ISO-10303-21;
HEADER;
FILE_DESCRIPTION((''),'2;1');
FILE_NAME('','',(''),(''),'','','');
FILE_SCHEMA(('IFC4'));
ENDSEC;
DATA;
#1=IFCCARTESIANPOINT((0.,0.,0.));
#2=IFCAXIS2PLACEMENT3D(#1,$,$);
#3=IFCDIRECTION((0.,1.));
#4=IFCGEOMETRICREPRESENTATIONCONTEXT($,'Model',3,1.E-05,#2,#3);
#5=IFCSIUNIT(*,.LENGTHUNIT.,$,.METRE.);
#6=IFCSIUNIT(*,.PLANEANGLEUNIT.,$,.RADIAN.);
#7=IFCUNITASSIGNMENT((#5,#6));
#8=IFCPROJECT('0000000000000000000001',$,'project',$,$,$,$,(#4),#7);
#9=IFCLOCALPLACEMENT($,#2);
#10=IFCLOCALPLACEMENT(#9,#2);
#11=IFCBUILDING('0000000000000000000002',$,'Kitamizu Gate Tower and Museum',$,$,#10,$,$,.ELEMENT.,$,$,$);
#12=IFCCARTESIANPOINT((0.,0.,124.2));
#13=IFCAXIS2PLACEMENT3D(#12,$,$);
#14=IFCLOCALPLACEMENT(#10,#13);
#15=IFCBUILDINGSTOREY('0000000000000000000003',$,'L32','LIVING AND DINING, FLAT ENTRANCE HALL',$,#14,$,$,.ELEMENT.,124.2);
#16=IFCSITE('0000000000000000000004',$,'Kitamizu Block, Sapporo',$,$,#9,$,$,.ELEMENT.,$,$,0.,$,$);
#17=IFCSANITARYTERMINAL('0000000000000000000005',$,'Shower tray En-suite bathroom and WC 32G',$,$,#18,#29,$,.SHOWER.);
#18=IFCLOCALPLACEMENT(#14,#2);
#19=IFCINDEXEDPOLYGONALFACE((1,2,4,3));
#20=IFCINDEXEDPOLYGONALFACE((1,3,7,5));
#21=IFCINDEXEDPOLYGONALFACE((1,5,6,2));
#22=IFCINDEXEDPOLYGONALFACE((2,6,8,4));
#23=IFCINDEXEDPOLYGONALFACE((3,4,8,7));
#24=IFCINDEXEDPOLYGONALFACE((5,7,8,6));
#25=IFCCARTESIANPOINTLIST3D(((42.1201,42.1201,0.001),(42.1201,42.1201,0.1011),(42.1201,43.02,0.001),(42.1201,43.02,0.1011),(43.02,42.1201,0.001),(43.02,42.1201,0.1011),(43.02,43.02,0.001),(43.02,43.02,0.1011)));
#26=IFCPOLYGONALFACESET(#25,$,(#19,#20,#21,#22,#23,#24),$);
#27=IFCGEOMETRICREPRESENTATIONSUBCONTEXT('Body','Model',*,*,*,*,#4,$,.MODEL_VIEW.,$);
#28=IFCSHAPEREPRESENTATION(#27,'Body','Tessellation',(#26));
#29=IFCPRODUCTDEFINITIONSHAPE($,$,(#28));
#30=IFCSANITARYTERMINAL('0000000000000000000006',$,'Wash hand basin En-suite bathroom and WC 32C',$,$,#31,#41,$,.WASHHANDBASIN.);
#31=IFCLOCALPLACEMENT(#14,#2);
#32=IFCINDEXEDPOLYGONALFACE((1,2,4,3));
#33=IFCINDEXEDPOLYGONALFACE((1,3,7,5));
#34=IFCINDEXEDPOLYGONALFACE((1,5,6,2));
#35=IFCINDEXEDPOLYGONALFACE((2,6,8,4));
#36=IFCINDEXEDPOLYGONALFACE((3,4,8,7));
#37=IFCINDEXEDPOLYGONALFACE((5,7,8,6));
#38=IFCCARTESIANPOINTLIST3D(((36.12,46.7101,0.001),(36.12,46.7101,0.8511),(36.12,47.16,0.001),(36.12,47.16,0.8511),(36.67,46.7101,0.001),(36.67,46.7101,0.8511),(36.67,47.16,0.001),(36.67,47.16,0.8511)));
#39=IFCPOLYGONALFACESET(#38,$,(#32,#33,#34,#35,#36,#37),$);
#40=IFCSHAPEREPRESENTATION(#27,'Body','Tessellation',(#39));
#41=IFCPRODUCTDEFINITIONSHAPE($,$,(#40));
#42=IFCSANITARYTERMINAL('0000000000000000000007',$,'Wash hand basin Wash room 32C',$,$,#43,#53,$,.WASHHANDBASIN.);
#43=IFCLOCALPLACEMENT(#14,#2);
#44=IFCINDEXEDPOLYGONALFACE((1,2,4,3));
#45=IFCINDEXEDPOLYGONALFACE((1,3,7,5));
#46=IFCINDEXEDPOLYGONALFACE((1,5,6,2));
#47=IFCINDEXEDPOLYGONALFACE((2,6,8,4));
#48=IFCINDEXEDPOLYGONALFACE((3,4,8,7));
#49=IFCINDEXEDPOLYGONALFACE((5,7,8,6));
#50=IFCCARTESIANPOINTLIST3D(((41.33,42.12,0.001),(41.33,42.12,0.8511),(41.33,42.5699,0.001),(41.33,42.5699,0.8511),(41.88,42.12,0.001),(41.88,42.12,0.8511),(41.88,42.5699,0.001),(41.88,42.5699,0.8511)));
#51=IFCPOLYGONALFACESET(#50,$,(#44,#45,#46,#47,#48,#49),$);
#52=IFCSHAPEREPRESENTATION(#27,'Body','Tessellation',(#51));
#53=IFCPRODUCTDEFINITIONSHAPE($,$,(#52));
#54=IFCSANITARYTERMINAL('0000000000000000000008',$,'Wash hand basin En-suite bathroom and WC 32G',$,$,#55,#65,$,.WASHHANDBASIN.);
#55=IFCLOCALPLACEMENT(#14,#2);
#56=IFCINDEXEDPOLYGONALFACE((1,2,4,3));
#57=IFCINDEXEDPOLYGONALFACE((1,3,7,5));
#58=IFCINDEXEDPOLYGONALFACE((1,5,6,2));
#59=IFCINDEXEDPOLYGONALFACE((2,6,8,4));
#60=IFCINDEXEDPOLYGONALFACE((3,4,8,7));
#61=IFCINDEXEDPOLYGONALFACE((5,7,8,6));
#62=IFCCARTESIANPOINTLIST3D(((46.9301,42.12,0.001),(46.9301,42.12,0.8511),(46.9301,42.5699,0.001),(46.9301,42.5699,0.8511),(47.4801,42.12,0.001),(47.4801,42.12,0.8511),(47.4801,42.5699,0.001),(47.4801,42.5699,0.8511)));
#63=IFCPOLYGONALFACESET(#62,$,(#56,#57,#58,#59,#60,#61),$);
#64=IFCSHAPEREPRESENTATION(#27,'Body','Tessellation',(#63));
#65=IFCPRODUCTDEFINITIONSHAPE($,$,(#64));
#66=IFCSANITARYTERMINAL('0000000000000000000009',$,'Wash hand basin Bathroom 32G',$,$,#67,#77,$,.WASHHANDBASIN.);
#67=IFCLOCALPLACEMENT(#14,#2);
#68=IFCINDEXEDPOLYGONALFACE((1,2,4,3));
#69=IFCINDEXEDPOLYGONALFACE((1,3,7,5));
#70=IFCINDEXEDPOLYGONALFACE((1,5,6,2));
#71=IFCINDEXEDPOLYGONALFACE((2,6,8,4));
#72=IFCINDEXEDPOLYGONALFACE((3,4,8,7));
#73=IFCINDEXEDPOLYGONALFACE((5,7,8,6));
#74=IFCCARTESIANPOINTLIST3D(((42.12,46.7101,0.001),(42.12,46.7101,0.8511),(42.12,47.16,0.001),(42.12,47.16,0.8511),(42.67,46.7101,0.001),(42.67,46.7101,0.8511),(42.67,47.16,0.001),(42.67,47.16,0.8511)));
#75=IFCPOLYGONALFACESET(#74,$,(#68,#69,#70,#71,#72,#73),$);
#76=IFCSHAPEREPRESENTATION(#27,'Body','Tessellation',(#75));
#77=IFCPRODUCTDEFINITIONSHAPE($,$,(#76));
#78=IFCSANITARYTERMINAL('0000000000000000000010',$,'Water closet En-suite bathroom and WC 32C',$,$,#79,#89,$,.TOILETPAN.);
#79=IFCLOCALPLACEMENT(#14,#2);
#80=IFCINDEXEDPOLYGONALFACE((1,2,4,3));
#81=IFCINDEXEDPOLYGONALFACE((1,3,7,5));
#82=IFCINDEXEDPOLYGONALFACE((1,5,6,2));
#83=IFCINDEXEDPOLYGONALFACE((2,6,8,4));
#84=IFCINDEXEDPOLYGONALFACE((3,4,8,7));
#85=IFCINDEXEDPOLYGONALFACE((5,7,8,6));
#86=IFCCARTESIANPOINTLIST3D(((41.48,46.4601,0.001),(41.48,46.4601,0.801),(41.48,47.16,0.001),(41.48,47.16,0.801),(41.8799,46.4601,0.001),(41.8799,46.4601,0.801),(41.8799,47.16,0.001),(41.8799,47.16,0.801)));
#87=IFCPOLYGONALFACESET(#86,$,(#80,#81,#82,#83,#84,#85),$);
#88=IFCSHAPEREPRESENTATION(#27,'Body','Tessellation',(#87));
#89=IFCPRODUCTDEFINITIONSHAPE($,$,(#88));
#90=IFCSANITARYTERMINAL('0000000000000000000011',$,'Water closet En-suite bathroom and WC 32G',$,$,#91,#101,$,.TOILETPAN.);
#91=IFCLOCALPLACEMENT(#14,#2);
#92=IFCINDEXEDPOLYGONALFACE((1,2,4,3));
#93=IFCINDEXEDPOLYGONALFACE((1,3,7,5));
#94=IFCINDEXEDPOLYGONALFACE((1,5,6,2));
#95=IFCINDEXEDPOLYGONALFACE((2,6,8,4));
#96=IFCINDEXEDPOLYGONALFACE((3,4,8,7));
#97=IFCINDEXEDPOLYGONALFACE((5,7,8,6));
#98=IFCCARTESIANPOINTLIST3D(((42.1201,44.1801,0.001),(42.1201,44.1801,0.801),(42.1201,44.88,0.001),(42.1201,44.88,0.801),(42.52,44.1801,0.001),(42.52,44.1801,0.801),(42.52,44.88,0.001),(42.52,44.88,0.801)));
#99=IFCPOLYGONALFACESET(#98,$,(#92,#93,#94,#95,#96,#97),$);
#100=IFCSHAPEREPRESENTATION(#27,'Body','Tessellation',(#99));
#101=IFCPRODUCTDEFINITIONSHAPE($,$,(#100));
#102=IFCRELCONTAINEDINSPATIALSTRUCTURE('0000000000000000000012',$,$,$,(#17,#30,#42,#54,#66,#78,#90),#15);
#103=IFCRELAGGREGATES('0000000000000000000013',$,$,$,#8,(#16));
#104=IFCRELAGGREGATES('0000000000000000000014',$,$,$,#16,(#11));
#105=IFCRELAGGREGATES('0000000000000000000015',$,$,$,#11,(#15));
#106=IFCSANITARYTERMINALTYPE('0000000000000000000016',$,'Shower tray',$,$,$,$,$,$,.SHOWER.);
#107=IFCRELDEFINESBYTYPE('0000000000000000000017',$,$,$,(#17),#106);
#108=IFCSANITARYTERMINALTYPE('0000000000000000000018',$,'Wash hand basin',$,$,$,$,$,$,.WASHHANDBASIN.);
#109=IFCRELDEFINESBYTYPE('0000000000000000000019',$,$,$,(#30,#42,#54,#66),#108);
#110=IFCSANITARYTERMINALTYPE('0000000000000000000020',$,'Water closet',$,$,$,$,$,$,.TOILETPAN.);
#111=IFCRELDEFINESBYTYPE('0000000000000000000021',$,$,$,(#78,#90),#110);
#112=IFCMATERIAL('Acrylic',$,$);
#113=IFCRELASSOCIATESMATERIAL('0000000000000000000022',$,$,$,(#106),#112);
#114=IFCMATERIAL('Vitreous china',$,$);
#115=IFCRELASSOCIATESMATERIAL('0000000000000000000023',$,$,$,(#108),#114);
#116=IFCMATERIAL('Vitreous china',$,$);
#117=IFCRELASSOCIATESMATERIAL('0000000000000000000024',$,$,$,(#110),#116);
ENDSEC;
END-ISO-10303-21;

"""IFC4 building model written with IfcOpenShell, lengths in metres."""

from ifc_helpers import new_model, si_unit, direction, frame, origin, origin_2d, place, context, subcontext, project, spatial, rectangle, extrude, material, type_object, element, save


model = new_model("IFC4")

# Units and contexts
model_context = context("Model", 3, precision=1e-05, world=origin(), true_north=direction((0.0, 1.0)))
body_context = subcontext(model_context, "Body", "Model", "MODEL_VIEW")
ifc_project = project(units=[si_unit("LENGTHUNIT", "METRE"), si_unit("PLANEANGLEUNIT", "RADIAN")], contexts=[model_context])

# Site, building, storey
site_placement = place(None, origin())
site = spatial("IfcSite", under=ifc_project, at=site_placement, Name="Kitamizu Block, Sapporo", CompositionType="ELEMENT", RefElevation=0.0)
building_placement = place(site_placement, origin())
building = spatial("IfcBuilding", under=site, at=building_placement, Name="Kitamizu Gate Tower and Museum", CompositionType="ELEMENT")
storey_placement = place(building_placement, frame((0.0, 0.0, 124.2)))
storey = spatial("IfcBuildingStorey", under=building, at=storey_placement, Name="L32", Description="LIVING AND DINING, FLAT ENTRANCE HALL", CompositionType="ELEMENT", Elevation=124.2)

# Sanitary terminals
ifc_material_1 = material(Name="Acrylic")
sanitary_terminal_type_1 = type_object("IfcSanitaryTerminalType", Name="Shower tray", PredefinedType="SHOWER", material=ifc_material_1)
for number, where, z_axis, x_axis, name in (
    (1, (42.5701, 42.5701, 0.001), (0.0, 0.0, 1.0), (1.0, 0.0, 0.0), "Shower tray En-suite bathroom and WC 32G"),
):
    element("IfcSanitaryTerminal", number, at=place(storey_placement, frame(where, z_axis=z_axis, x_axis=x_axis)), inside=storey, type_object=sanitary_terminal_type_1, Name=name, PredefinedType="SHOWER", context=body_context, shape_type="SweptSolid", body=[
        extrude(rectangle(XDim=0.8999, YDim=0.8999, at=origin_2d()), origin(), (0.0, 0.0, 1.0), 0.1001),
    ])
ifc_material_2 = material(Name="Vitreous china")
sanitary_terminal_type_2 = type_object("IfcSanitaryTerminalType", Name="Wash hand basin", PredefinedType="WASHHANDBASIN", material=ifc_material_2)
for number, where, z_axis, x_axis, name in (
    (2, (36.395, 46.9351, 0.001), (0.0, 0.0, 1.0), (1.0, 0.0, 0.0), "Wash hand basin En-suite bathroom and WC 32C"),
    (3, (41.605, 42.345, 0.001), (0.0, 0.0, 1.0), (1.0, 0.0, 0.0), "Wash hand basin Wash room 32C"),
    (4, (47.2051, 42.345, 0.001), (0.0, 0.0, 1.0), (1.0, 0.0, 0.0), "Wash hand basin En-suite bathroom and WC 32G"),
    (5, (42.395, 46.9351, 0.001), (0.0, 0.0, 1.0), (1.0, 0.0, 0.0), "Wash hand basin Bathroom 32G"),
):
    element("IfcSanitaryTerminal", number, at=place(storey_placement, frame(where, z_axis=z_axis, x_axis=x_axis)), inside=storey, type_object=sanitary_terminal_type_2, Name=name, PredefinedType="WASHHANDBASIN", context=body_context, shape_type="SweptSolid", body=[
        extrude(rectangle(XDim=0.55, YDim=0.45, at=origin_2d()), origin(), (0.0, 0.0, 1.0), 0.8501),
    ])
ifc_material_3 = material(Name="Vitreous china")
sanitary_terminal_type_3 = type_object("IfcSanitaryTerminalType", Name="Water closet", PredefinedType="TOILETPAN", material=ifc_material_3)
for number, where, z_axis, x_axis, name in (
    (6, (41.6799, 46.8101, 0.001), (0.0, 0.0, 1.0), (1.0, 0.0, 0.0), "Water closet En-suite bathroom and WC 32C"),
    (7, (42.3201, 44.53, 0.001), (0.0, 0.0, 1.0), (1.0, 0.0, 0.0), "Water closet En-suite bathroom and WC 32G"),
):
    element("IfcSanitaryTerminal", number, at=place(storey_placement, frame(where, z_axis=z_axis, x_axis=x_axis)), inside=storey, type_object=sanitary_terminal_type_3, Name=name, PredefinedType="TOILETPAN", context=body_context, shape_type="SweptSolid", body=[
        extrude(rectangle(XDim=0.3999, YDim=0.7, at=origin_2d()), origin(), (0.0, 0.0, 1.0), 0.8),
    ])

save(model, "model.ifc")
